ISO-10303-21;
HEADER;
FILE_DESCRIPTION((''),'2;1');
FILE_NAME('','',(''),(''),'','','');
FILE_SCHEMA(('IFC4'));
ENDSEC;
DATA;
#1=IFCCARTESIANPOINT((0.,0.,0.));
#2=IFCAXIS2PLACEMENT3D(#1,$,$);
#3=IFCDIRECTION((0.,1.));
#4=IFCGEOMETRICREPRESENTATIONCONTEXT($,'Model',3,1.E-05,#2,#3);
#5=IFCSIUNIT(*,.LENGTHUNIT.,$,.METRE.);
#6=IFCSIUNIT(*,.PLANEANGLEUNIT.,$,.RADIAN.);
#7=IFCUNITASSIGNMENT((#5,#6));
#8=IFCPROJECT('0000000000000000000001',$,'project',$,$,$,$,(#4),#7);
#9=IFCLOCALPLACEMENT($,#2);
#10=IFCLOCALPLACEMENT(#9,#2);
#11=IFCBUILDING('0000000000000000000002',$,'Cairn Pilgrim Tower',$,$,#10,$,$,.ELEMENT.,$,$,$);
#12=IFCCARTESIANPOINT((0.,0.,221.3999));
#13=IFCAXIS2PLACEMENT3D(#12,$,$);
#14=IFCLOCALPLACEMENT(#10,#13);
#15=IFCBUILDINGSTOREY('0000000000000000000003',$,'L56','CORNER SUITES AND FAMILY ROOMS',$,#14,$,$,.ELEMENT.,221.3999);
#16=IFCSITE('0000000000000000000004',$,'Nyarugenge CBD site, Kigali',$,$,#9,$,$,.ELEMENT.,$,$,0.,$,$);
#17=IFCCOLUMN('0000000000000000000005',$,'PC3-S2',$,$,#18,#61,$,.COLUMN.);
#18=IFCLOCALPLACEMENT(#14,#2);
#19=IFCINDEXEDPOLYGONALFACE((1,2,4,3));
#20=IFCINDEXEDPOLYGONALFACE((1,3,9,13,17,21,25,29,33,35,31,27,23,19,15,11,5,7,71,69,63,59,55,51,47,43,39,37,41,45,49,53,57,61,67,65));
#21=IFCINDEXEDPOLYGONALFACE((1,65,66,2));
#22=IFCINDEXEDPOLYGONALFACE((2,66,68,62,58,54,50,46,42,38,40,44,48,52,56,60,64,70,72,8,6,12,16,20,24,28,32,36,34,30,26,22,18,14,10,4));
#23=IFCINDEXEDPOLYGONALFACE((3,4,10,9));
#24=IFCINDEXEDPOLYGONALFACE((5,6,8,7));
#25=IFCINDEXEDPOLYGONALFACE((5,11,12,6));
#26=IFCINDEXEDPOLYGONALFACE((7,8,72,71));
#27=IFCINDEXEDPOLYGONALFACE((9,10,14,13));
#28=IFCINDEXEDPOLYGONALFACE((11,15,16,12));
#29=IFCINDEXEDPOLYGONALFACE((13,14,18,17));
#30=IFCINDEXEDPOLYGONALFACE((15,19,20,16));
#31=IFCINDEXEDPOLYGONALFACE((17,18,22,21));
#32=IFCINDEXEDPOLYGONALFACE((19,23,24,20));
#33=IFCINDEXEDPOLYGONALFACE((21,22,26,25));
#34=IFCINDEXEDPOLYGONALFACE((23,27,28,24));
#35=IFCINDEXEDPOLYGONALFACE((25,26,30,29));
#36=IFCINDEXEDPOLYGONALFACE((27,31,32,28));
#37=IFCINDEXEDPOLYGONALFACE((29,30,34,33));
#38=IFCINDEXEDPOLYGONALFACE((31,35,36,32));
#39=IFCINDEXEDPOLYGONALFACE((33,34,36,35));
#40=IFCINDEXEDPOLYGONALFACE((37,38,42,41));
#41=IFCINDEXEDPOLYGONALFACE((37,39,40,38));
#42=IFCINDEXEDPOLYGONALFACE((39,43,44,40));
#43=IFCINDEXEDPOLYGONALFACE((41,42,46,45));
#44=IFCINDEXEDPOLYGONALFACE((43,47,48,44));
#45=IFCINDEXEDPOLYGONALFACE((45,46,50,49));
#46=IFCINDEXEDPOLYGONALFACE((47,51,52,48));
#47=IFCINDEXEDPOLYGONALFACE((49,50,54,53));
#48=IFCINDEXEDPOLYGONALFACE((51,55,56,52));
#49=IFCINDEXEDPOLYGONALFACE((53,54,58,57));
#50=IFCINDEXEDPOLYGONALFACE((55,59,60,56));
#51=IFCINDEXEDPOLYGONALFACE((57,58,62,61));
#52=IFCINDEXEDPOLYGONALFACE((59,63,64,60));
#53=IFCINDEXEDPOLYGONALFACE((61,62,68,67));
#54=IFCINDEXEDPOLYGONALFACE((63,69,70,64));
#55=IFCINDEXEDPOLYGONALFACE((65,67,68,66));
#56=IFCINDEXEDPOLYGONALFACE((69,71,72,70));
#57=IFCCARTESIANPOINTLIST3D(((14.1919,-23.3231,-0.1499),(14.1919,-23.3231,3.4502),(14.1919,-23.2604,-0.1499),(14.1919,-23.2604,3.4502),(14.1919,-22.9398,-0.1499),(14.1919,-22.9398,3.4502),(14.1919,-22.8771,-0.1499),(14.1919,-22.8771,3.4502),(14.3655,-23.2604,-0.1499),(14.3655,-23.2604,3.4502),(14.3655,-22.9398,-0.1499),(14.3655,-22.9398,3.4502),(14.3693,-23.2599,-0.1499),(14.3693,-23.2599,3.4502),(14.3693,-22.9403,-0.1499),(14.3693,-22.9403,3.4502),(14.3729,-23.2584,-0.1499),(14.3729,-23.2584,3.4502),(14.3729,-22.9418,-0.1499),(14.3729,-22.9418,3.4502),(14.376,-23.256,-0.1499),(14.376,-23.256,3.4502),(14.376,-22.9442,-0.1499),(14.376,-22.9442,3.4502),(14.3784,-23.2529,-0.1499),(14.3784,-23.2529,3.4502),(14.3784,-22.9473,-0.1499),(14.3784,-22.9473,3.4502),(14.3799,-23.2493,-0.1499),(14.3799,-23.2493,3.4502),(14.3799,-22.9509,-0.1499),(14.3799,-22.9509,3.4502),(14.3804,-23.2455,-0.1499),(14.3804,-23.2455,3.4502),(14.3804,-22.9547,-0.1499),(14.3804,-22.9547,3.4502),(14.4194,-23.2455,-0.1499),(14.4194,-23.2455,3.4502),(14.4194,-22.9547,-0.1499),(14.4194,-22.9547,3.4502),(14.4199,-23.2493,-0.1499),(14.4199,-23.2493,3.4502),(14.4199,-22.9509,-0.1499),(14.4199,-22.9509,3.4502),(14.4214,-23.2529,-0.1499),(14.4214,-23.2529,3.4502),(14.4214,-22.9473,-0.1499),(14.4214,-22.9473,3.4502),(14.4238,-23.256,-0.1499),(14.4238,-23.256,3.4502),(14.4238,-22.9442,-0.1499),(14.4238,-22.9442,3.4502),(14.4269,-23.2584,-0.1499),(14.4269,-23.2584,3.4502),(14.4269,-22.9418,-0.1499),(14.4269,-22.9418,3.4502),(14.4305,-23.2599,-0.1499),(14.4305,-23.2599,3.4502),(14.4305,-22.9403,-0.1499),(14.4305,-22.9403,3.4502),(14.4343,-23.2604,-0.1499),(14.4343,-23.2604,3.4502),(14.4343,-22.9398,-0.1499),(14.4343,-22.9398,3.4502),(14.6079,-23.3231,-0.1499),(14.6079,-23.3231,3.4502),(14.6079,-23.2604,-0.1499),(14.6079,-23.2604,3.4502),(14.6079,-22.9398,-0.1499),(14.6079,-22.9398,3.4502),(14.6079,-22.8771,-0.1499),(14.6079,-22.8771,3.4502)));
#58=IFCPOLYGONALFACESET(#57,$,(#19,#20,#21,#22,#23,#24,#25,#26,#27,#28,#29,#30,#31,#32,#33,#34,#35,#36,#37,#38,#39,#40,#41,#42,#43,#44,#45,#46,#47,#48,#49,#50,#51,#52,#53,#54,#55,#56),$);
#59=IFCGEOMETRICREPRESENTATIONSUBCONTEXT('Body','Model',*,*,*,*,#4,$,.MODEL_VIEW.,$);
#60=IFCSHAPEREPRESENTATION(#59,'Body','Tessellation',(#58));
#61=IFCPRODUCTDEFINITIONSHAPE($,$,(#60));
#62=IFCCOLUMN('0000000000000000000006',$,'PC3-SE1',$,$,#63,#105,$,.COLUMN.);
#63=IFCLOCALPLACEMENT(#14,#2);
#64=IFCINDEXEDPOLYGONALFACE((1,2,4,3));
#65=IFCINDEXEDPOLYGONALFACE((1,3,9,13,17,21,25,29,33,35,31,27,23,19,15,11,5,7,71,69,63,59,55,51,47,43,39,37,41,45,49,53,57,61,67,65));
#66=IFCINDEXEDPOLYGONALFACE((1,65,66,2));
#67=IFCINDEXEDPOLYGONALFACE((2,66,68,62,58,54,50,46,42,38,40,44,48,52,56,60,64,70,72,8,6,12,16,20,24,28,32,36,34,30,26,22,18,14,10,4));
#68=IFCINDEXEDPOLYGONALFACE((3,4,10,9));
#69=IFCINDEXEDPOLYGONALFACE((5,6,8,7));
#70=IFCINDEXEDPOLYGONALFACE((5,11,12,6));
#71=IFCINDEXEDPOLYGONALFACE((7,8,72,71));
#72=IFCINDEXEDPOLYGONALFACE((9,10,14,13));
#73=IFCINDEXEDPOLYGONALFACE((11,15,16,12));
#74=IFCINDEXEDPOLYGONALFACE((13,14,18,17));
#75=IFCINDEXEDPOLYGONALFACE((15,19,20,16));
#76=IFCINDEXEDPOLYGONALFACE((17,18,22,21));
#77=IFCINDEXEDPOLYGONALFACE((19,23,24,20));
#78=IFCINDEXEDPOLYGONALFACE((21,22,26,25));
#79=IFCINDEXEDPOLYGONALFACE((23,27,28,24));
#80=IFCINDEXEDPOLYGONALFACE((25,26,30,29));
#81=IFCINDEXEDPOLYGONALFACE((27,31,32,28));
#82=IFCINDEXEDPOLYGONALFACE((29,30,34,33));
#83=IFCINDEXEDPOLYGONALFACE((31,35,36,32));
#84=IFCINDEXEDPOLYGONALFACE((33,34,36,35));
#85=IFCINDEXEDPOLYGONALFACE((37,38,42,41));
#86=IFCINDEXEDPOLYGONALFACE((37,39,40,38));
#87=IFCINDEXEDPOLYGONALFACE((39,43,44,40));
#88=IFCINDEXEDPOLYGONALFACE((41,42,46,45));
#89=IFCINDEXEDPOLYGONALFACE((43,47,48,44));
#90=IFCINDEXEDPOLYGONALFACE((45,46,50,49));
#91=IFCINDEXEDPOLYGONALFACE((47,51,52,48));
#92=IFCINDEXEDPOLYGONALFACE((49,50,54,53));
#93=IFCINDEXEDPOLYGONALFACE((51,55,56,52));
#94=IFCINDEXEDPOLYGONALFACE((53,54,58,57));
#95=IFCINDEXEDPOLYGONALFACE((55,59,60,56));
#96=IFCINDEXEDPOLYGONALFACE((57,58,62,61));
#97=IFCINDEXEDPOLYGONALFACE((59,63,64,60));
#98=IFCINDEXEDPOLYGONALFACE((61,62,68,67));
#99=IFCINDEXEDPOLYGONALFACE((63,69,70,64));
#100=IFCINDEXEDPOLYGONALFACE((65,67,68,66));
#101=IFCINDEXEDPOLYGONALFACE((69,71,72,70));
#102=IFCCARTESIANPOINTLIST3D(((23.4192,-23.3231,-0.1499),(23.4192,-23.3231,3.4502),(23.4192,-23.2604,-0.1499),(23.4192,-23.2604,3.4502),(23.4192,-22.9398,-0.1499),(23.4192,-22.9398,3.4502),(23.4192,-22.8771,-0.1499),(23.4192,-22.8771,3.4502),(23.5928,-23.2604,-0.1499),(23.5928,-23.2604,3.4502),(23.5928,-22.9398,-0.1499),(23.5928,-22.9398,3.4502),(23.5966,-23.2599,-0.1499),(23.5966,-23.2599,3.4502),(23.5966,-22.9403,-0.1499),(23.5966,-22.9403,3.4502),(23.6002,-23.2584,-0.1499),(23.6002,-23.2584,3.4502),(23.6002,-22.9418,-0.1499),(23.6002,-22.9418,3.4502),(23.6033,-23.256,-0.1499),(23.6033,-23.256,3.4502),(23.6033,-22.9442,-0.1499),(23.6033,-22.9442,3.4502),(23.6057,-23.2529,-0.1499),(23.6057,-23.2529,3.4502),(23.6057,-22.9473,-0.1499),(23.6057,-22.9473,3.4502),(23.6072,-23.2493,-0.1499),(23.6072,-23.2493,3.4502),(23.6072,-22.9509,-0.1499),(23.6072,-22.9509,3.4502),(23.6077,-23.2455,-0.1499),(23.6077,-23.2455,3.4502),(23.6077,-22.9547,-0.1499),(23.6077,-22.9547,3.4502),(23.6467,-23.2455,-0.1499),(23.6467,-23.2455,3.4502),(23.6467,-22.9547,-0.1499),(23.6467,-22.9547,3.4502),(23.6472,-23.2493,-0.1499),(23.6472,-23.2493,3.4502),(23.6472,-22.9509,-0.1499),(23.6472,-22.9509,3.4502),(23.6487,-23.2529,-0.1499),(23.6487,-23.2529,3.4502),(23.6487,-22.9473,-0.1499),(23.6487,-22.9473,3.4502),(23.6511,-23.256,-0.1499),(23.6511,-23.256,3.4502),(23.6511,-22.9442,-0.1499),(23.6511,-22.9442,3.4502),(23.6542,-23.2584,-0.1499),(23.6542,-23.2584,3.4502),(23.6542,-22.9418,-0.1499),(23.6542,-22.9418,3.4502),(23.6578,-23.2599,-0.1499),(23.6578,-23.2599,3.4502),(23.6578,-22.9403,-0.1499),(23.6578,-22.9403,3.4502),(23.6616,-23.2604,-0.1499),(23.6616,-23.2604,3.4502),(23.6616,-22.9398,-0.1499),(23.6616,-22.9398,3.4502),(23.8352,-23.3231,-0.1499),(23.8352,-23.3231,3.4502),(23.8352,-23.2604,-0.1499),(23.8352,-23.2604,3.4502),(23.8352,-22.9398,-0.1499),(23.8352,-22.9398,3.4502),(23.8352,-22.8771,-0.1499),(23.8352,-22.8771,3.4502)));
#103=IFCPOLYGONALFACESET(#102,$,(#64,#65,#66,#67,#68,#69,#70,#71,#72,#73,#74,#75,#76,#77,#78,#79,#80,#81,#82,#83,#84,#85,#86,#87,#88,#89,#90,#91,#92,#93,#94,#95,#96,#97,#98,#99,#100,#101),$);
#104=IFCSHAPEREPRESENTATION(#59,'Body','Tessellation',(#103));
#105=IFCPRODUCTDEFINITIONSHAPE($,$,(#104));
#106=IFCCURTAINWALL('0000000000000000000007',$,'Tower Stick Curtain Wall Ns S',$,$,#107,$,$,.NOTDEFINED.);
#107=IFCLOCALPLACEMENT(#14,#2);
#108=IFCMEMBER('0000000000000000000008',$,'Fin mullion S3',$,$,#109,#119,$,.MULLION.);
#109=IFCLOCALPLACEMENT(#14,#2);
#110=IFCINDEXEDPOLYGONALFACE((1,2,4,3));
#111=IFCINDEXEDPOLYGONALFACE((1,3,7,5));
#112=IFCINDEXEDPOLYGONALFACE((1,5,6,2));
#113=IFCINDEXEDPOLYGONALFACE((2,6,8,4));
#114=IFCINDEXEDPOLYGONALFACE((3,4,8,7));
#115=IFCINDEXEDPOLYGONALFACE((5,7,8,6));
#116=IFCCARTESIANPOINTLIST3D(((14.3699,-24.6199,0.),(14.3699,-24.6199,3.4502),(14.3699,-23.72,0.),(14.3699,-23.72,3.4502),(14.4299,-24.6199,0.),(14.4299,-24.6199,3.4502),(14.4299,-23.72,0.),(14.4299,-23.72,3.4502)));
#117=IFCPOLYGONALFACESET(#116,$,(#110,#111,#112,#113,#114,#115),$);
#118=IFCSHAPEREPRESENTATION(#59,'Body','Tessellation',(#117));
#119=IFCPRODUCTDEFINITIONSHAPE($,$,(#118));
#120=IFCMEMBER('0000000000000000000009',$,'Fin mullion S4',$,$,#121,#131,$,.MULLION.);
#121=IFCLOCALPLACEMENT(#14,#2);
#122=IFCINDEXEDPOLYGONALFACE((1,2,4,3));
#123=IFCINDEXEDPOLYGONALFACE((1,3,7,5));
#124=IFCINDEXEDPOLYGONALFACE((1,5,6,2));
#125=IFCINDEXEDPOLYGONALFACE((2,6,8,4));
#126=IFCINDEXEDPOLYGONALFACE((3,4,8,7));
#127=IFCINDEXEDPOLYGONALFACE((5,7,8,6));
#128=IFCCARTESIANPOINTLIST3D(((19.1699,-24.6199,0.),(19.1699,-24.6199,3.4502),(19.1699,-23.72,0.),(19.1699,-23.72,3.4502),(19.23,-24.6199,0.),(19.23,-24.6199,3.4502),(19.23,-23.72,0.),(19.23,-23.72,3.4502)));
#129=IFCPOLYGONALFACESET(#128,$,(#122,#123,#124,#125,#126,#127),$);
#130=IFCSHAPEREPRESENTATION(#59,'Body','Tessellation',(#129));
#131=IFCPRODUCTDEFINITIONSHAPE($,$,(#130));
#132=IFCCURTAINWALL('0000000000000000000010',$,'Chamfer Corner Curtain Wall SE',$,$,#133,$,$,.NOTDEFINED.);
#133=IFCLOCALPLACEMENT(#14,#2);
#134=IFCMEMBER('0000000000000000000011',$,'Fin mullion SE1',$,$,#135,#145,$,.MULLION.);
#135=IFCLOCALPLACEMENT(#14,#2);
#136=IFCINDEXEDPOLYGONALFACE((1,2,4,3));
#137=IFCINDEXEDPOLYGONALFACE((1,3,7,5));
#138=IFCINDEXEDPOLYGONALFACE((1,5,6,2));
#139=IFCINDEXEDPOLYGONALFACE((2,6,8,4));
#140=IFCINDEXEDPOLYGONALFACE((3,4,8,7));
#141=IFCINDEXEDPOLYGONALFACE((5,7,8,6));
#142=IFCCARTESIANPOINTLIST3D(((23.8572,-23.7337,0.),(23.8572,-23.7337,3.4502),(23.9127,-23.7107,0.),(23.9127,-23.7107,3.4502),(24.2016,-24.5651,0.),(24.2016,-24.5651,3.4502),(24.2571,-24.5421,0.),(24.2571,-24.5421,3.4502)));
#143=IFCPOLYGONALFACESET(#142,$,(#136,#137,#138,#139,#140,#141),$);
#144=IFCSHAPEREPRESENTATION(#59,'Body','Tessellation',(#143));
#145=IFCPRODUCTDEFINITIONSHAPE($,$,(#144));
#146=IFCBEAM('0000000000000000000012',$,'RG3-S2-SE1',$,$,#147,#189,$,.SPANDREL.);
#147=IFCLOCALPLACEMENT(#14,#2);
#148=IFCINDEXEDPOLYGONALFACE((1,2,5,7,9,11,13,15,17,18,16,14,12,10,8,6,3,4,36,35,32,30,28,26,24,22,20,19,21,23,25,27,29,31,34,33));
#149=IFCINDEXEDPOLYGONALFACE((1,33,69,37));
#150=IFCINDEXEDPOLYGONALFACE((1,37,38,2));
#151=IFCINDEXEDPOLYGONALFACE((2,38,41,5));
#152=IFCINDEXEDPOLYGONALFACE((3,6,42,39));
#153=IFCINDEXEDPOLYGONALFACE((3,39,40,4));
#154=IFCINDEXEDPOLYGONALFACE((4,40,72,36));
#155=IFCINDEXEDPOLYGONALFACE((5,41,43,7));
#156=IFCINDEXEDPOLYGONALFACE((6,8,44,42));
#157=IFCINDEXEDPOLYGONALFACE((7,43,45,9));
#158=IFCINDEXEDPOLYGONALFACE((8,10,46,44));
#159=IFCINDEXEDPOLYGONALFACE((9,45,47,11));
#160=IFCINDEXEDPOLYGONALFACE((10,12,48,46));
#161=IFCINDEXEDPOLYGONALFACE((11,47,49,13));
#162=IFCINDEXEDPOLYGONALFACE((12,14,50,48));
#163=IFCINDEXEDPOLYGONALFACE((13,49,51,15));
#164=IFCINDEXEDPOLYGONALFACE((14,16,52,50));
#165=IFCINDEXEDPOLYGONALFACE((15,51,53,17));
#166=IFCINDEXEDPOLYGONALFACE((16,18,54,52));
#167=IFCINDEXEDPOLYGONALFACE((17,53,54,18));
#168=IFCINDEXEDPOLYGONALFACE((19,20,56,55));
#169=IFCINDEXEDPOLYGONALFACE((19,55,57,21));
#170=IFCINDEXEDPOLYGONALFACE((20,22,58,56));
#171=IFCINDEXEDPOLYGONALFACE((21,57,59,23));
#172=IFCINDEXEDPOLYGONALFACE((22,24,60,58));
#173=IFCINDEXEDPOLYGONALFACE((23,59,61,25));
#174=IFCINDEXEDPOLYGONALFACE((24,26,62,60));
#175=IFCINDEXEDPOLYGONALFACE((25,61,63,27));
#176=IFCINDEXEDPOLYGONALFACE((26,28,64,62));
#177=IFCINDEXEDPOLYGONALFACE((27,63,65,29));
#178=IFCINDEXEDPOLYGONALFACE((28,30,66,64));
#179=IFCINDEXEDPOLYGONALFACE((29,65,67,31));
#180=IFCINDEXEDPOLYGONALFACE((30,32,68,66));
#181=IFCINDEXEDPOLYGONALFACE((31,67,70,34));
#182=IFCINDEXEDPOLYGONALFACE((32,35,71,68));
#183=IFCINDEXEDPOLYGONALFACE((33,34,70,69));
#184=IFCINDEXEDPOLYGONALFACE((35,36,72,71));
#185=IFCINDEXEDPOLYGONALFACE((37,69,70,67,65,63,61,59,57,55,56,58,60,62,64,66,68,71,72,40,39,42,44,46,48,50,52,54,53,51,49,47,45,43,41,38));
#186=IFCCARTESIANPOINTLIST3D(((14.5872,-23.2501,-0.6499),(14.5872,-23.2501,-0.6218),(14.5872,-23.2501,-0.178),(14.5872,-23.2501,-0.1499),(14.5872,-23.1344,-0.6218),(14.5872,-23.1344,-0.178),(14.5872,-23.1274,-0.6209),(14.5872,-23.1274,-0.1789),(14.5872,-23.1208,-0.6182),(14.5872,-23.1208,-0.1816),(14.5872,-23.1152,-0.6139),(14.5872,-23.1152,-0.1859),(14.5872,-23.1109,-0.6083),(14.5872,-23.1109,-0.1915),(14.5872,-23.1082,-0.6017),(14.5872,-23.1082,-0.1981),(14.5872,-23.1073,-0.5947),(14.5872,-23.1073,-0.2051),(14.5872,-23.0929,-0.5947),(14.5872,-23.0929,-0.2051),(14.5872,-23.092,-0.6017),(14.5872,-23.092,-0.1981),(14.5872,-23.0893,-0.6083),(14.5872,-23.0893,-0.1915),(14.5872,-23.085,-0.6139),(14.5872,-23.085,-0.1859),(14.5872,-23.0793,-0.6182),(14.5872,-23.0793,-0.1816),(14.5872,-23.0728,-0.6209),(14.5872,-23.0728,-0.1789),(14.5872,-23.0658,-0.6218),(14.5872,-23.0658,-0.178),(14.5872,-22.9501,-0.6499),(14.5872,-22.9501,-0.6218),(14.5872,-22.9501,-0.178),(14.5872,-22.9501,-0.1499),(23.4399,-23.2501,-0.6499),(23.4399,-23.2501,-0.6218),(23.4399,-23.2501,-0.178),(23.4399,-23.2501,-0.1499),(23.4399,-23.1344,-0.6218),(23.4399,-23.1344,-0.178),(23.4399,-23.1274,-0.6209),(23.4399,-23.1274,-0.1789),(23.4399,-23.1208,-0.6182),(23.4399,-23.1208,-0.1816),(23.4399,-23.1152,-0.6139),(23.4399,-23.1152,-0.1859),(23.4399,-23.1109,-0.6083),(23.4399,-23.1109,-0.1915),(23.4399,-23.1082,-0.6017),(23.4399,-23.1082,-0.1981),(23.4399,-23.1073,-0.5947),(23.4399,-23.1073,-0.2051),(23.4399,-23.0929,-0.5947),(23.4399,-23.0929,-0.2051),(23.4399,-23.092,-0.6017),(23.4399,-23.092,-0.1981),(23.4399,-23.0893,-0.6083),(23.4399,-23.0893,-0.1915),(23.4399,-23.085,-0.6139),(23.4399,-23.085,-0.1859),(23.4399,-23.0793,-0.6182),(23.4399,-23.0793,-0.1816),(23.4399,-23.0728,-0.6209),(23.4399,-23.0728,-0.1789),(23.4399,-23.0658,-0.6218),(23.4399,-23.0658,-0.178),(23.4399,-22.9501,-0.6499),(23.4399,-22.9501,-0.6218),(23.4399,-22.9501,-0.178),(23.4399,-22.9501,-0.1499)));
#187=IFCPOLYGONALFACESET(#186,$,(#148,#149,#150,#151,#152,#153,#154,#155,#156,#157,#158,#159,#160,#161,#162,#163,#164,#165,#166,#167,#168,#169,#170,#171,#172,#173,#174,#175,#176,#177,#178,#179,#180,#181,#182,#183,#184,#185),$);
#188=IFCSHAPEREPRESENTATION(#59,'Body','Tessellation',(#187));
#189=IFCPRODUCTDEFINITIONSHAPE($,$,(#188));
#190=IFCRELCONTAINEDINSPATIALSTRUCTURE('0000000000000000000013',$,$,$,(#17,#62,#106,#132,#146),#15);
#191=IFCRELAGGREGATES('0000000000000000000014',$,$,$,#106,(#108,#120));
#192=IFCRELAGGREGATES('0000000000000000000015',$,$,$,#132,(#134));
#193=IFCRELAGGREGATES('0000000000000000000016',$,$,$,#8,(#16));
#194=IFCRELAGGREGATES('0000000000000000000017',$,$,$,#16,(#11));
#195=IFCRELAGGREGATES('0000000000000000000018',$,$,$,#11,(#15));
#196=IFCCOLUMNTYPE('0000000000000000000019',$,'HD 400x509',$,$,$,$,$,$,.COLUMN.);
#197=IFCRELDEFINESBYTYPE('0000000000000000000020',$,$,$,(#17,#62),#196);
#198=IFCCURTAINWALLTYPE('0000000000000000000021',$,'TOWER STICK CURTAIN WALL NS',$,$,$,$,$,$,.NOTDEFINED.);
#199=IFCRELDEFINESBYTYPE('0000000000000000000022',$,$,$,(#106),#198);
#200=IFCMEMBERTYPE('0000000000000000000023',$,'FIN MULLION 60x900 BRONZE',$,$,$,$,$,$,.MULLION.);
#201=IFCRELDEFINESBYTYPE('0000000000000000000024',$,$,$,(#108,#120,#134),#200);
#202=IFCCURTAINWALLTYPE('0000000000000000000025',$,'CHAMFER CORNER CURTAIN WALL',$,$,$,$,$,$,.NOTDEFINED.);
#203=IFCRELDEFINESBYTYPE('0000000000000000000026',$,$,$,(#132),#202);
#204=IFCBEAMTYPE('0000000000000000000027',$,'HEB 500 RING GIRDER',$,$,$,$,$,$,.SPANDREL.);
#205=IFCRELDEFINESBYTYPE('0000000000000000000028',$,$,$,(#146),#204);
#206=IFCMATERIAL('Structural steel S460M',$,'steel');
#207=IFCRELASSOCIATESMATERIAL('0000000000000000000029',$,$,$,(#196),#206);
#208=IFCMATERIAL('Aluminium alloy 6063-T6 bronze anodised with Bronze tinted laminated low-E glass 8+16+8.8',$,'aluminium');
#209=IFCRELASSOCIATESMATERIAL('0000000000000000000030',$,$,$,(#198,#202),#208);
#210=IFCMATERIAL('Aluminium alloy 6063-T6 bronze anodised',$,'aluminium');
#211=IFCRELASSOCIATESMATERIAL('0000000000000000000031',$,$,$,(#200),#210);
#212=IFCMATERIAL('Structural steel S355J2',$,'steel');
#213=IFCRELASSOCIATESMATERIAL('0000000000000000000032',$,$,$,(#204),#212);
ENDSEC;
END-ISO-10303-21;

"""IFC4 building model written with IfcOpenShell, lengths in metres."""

from ifc_helpers import new_model, si_unit, direction, frame, origin, origin_2d, place, context, subcontext, project, spatial, rectangle, i_section, extrude, material, material_profile, profile_set, type_object, element, aggregate, save


model = new_model("IFC4")

# Units and contexts
model_context = context("Model", 3, precision=1e-05, world=origin(), true_north=direction((0.0, 1.0)))
body_context = subcontext(model_context, "Body", "Model", "MODEL_VIEW")
ifc_project = project(units=[si_unit("LENGTHUNIT", "METRE"), si_unit("PLANEANGLEUNIT", "RADIAN")], contexts=[model_context])

# Site, building, storey
site_placement = place(None, origin())
site = spatial("IfcSite", under=ifc_project, at=site_placement, Name="Nyarugenge CBD site, Kigali", CompositionType="ELEMENT", RefElevation=0.0)
building_placement = place(site_placement, origin())
building = spatial("IfcBuilding", under=site, at=building_placement, Name="Cairn Pilgrim Tower", CompositionType="ELEMENT")
storey_placement = place(building_placement, frame((0.0, 0.0, 221.3999)))
storey = spatial("IfcBuildingStorey", under=building, at=storey_placement, Name="L56", Description="CORNER SUITES AND FAMILY ROOMS", CompositionType="ELEMENT", Elevation=221.3999)

# Columns
ifc_material_1 = material(Name="Structural steel S460M", Category="steel")
ifc_material_profile_1 = material_profile(ifc_material_1, i_section(OverallWidth=0.416, OverallDepth=0.446, WebThickness=0.0391, FlangeThickness=0.0627, FilletRadius=0.0149, at=origin_2d()), Name="HD 400x509")
ifc_profile_set_1 = profile_set([ifc_material_profile_1], Name="Structural steel S460M")
column_type = type_object("IfcColumnType", Name="HD 400x509", PredefinedType="COLUMN", material=ifc_profile_set_1)
for number, where, z_axis, x_axis, name in (
    (1, (14.3999, -23.1001, -0.1499), (0.0, 0.0, 1.0), (1.0, 0.0, 0.0), "PC3-S2"),
    (2, (23.6272, -23.1001, -0.1499), (0.0, 0.0, 1.0), (1.0, 0.0, 0.0), "PC3-SE1"),
):
    element("IfcColumn", number, at=place(storey_placement, frame(where, z_axis=z_axis, x_axis=x_axis)), inside=storey, type_object=column_type, Name=name, PredefinedType="COLUMN", context=body_context, shape_type="SweptSolid", body=[
        extrude(i_section(OverallWidth=0.416, OverallDepth=0.446, WebThickness=0.0391, FlangeThickness=0.0627, FilletRadius=0.0149, at=origin_2d()), origin(), (0.0, 0.0, 1.0), 3.6001),
    ])

# Curtain wall, members
ifc_material_2 = material(Name="Aluminium alloy 6063-T6 bronze anodised with Bronze tinted laminated low-E glass 8+16+8.8", Category="aluminium")
curtain_wall_type_1 = type_object("IfcCurtainWallType", Name="TOWER STICK CURTAIN WALL NS", PredefinedType="NOTDEFINED", material=ifc_material_2)
curtain_wall_1_placement = place(storey_placement, origin())
curtain_wall_1 = element("IfcCurtainWall", 3, at=curtain_wall_1_placement, inside=storey, type_object=curtain_wall_type_1, Name="Tower Stick Curtain Wall Ns S", PredefinedType="NOTDEFINED")
ifc_material_3 = material(Name="Aluminium alloy 6063-T6 bronze anodised", Category="aluminium")
ifc_material_profile_2 = material_profile(ifc_material_3, rectangle(XDim=0.8999, YDim=0.0601, at=origin_2d()), Name="FIN MULLION 60x900 BRONZE")
ifc_profile_set_2 = profile_set([ifc_material_profile_2], Name="Aluminium alloy 6063-T6 bronze anodised")
member_type = type_object("IfcMemberType", Name="FIN MULLION 60x900 BRONZE", PredefinedType="MULLION", material=ifc_profile_set_2)
member_1_placement = place(storey_placement, frame((14.3999, -24.1699, 0.0), z_axis=(0.0, 0.0, 1.0), x_axis=(0.0, -1.0, 0.0)))
member_1 = element("IfcMember", 4, at=member_1_placement, type_object=member_type, Name="Fin mullion S3", PredefinedType="MULLION", context=body_context, shape_type="SweptSolid", body=[
    extrude(rectangle(XDim=0.8999, YDim=0.0601, at=origin_2d()), origin(), (0.0, 0.0, 1.0), 3.4502),
])
member_2_placement = place(storey_placement, frame((19.2, -24.1699, 0.0), z_axis=(0.0, 0.0, 1.0), x_axis=(0.0, -1.0, 0.0)))
member_2 = element("IfcMember", 5, at=member_2_placement, type_object=member_type, Name="Fin mullion S4", PredefinedType="MULLION", context=body_context, shape_type="SweptSolid", body=[
    extrude(rectangle(XDim=0.8999, YDim=0.0601, at=origin_2d()), origin(), (0.0, 0.0, 1.0), 3.4502),
])
aggregate(curtain_wall_1, [member_1, member_2])

# Curtain wall, member
curtain_wall_type_2 = type_object("IfcCurtainWallType", Name="CHAMFER CORNER CURTAIN WALL", PredefinedType="NOTDEFINED", material=ifc_material_2)
curtain_wall_2_placement = place(storey_placement, origin())
curtain_wall_2 = element("IfcCurtainWall", 6, at=curtain_wall_2_placement, inside=storey, type_object=curtain_wall_type_2, Name="Chamfer Corner Curtain Wall SE", PredefinedType="NOTDEFINED")
member_3_placement = place(storey_placement, frame((24.0571, -24.1379, 0.0), z_axis=(0.0, 0.0, 1.0), x_axis=(0.382683, -0.92388, 0.0)))
member_3 = element("IfcMember", 7, at=member_3_placement, type_object=member_type, Name="Fin mullion SE1", PredefinedType="MULLION", context=body_context, shape_type="SweptSolid", body=[
    extrude(rectangle(XDim=0.8999, YDim=0.0601, at=origin_2d()), origin(), (0.0, 0.0, 1.0), 3.4502),
])
aggregate(curtain_wall_2, [member_3])

# Beam
ifc_material_4 = material(Name="Structural steel S355J2", Category="steel")
ifc_material_profile_3 = material_profile(ifc_material_4, i_section(OverallWidth=0.3, OverallDepth=0.5, WebThickness=0.0144, FlangeThickness=0.0281, FilletRadius=0.0271, at=origin_2d()), Name="HEB 500")
ifc_profile_set_3 = profile_set([ifc_material_profile_3], Name="Structural steel S355J2")
beam_type = type_object("IfcBeamType", Name="HEB 500 RING GIRDER", PredefinedType="SPANDREL", material=ifc_profile_set_3)
beam_placement = place(storey_placement, frame((14.5872, -23.1001, -0.3999), z_axis=(1.0, 0.0, 0.0), x_axis=(0.0, 1.0, 0.0)))
element("IfcBeam", 8, at=beam_placement, inside=storey, type_object=beam_type, Name="RG3-S2-SE1", PredefinedType="SPANDREL", context=body_context, shape_type="SweptSolid", body=[
    extrude(i_section(OverallWidth=0.3, OverallDepth=0.5, WebThickness=0.0144, FlangeThickness=0.0281, FilletRadius=0.0271, at=origin_2d()), origin(), (0.0, 0.0, 1.0), 8.8528),
])

save(model, "model.ifc")
